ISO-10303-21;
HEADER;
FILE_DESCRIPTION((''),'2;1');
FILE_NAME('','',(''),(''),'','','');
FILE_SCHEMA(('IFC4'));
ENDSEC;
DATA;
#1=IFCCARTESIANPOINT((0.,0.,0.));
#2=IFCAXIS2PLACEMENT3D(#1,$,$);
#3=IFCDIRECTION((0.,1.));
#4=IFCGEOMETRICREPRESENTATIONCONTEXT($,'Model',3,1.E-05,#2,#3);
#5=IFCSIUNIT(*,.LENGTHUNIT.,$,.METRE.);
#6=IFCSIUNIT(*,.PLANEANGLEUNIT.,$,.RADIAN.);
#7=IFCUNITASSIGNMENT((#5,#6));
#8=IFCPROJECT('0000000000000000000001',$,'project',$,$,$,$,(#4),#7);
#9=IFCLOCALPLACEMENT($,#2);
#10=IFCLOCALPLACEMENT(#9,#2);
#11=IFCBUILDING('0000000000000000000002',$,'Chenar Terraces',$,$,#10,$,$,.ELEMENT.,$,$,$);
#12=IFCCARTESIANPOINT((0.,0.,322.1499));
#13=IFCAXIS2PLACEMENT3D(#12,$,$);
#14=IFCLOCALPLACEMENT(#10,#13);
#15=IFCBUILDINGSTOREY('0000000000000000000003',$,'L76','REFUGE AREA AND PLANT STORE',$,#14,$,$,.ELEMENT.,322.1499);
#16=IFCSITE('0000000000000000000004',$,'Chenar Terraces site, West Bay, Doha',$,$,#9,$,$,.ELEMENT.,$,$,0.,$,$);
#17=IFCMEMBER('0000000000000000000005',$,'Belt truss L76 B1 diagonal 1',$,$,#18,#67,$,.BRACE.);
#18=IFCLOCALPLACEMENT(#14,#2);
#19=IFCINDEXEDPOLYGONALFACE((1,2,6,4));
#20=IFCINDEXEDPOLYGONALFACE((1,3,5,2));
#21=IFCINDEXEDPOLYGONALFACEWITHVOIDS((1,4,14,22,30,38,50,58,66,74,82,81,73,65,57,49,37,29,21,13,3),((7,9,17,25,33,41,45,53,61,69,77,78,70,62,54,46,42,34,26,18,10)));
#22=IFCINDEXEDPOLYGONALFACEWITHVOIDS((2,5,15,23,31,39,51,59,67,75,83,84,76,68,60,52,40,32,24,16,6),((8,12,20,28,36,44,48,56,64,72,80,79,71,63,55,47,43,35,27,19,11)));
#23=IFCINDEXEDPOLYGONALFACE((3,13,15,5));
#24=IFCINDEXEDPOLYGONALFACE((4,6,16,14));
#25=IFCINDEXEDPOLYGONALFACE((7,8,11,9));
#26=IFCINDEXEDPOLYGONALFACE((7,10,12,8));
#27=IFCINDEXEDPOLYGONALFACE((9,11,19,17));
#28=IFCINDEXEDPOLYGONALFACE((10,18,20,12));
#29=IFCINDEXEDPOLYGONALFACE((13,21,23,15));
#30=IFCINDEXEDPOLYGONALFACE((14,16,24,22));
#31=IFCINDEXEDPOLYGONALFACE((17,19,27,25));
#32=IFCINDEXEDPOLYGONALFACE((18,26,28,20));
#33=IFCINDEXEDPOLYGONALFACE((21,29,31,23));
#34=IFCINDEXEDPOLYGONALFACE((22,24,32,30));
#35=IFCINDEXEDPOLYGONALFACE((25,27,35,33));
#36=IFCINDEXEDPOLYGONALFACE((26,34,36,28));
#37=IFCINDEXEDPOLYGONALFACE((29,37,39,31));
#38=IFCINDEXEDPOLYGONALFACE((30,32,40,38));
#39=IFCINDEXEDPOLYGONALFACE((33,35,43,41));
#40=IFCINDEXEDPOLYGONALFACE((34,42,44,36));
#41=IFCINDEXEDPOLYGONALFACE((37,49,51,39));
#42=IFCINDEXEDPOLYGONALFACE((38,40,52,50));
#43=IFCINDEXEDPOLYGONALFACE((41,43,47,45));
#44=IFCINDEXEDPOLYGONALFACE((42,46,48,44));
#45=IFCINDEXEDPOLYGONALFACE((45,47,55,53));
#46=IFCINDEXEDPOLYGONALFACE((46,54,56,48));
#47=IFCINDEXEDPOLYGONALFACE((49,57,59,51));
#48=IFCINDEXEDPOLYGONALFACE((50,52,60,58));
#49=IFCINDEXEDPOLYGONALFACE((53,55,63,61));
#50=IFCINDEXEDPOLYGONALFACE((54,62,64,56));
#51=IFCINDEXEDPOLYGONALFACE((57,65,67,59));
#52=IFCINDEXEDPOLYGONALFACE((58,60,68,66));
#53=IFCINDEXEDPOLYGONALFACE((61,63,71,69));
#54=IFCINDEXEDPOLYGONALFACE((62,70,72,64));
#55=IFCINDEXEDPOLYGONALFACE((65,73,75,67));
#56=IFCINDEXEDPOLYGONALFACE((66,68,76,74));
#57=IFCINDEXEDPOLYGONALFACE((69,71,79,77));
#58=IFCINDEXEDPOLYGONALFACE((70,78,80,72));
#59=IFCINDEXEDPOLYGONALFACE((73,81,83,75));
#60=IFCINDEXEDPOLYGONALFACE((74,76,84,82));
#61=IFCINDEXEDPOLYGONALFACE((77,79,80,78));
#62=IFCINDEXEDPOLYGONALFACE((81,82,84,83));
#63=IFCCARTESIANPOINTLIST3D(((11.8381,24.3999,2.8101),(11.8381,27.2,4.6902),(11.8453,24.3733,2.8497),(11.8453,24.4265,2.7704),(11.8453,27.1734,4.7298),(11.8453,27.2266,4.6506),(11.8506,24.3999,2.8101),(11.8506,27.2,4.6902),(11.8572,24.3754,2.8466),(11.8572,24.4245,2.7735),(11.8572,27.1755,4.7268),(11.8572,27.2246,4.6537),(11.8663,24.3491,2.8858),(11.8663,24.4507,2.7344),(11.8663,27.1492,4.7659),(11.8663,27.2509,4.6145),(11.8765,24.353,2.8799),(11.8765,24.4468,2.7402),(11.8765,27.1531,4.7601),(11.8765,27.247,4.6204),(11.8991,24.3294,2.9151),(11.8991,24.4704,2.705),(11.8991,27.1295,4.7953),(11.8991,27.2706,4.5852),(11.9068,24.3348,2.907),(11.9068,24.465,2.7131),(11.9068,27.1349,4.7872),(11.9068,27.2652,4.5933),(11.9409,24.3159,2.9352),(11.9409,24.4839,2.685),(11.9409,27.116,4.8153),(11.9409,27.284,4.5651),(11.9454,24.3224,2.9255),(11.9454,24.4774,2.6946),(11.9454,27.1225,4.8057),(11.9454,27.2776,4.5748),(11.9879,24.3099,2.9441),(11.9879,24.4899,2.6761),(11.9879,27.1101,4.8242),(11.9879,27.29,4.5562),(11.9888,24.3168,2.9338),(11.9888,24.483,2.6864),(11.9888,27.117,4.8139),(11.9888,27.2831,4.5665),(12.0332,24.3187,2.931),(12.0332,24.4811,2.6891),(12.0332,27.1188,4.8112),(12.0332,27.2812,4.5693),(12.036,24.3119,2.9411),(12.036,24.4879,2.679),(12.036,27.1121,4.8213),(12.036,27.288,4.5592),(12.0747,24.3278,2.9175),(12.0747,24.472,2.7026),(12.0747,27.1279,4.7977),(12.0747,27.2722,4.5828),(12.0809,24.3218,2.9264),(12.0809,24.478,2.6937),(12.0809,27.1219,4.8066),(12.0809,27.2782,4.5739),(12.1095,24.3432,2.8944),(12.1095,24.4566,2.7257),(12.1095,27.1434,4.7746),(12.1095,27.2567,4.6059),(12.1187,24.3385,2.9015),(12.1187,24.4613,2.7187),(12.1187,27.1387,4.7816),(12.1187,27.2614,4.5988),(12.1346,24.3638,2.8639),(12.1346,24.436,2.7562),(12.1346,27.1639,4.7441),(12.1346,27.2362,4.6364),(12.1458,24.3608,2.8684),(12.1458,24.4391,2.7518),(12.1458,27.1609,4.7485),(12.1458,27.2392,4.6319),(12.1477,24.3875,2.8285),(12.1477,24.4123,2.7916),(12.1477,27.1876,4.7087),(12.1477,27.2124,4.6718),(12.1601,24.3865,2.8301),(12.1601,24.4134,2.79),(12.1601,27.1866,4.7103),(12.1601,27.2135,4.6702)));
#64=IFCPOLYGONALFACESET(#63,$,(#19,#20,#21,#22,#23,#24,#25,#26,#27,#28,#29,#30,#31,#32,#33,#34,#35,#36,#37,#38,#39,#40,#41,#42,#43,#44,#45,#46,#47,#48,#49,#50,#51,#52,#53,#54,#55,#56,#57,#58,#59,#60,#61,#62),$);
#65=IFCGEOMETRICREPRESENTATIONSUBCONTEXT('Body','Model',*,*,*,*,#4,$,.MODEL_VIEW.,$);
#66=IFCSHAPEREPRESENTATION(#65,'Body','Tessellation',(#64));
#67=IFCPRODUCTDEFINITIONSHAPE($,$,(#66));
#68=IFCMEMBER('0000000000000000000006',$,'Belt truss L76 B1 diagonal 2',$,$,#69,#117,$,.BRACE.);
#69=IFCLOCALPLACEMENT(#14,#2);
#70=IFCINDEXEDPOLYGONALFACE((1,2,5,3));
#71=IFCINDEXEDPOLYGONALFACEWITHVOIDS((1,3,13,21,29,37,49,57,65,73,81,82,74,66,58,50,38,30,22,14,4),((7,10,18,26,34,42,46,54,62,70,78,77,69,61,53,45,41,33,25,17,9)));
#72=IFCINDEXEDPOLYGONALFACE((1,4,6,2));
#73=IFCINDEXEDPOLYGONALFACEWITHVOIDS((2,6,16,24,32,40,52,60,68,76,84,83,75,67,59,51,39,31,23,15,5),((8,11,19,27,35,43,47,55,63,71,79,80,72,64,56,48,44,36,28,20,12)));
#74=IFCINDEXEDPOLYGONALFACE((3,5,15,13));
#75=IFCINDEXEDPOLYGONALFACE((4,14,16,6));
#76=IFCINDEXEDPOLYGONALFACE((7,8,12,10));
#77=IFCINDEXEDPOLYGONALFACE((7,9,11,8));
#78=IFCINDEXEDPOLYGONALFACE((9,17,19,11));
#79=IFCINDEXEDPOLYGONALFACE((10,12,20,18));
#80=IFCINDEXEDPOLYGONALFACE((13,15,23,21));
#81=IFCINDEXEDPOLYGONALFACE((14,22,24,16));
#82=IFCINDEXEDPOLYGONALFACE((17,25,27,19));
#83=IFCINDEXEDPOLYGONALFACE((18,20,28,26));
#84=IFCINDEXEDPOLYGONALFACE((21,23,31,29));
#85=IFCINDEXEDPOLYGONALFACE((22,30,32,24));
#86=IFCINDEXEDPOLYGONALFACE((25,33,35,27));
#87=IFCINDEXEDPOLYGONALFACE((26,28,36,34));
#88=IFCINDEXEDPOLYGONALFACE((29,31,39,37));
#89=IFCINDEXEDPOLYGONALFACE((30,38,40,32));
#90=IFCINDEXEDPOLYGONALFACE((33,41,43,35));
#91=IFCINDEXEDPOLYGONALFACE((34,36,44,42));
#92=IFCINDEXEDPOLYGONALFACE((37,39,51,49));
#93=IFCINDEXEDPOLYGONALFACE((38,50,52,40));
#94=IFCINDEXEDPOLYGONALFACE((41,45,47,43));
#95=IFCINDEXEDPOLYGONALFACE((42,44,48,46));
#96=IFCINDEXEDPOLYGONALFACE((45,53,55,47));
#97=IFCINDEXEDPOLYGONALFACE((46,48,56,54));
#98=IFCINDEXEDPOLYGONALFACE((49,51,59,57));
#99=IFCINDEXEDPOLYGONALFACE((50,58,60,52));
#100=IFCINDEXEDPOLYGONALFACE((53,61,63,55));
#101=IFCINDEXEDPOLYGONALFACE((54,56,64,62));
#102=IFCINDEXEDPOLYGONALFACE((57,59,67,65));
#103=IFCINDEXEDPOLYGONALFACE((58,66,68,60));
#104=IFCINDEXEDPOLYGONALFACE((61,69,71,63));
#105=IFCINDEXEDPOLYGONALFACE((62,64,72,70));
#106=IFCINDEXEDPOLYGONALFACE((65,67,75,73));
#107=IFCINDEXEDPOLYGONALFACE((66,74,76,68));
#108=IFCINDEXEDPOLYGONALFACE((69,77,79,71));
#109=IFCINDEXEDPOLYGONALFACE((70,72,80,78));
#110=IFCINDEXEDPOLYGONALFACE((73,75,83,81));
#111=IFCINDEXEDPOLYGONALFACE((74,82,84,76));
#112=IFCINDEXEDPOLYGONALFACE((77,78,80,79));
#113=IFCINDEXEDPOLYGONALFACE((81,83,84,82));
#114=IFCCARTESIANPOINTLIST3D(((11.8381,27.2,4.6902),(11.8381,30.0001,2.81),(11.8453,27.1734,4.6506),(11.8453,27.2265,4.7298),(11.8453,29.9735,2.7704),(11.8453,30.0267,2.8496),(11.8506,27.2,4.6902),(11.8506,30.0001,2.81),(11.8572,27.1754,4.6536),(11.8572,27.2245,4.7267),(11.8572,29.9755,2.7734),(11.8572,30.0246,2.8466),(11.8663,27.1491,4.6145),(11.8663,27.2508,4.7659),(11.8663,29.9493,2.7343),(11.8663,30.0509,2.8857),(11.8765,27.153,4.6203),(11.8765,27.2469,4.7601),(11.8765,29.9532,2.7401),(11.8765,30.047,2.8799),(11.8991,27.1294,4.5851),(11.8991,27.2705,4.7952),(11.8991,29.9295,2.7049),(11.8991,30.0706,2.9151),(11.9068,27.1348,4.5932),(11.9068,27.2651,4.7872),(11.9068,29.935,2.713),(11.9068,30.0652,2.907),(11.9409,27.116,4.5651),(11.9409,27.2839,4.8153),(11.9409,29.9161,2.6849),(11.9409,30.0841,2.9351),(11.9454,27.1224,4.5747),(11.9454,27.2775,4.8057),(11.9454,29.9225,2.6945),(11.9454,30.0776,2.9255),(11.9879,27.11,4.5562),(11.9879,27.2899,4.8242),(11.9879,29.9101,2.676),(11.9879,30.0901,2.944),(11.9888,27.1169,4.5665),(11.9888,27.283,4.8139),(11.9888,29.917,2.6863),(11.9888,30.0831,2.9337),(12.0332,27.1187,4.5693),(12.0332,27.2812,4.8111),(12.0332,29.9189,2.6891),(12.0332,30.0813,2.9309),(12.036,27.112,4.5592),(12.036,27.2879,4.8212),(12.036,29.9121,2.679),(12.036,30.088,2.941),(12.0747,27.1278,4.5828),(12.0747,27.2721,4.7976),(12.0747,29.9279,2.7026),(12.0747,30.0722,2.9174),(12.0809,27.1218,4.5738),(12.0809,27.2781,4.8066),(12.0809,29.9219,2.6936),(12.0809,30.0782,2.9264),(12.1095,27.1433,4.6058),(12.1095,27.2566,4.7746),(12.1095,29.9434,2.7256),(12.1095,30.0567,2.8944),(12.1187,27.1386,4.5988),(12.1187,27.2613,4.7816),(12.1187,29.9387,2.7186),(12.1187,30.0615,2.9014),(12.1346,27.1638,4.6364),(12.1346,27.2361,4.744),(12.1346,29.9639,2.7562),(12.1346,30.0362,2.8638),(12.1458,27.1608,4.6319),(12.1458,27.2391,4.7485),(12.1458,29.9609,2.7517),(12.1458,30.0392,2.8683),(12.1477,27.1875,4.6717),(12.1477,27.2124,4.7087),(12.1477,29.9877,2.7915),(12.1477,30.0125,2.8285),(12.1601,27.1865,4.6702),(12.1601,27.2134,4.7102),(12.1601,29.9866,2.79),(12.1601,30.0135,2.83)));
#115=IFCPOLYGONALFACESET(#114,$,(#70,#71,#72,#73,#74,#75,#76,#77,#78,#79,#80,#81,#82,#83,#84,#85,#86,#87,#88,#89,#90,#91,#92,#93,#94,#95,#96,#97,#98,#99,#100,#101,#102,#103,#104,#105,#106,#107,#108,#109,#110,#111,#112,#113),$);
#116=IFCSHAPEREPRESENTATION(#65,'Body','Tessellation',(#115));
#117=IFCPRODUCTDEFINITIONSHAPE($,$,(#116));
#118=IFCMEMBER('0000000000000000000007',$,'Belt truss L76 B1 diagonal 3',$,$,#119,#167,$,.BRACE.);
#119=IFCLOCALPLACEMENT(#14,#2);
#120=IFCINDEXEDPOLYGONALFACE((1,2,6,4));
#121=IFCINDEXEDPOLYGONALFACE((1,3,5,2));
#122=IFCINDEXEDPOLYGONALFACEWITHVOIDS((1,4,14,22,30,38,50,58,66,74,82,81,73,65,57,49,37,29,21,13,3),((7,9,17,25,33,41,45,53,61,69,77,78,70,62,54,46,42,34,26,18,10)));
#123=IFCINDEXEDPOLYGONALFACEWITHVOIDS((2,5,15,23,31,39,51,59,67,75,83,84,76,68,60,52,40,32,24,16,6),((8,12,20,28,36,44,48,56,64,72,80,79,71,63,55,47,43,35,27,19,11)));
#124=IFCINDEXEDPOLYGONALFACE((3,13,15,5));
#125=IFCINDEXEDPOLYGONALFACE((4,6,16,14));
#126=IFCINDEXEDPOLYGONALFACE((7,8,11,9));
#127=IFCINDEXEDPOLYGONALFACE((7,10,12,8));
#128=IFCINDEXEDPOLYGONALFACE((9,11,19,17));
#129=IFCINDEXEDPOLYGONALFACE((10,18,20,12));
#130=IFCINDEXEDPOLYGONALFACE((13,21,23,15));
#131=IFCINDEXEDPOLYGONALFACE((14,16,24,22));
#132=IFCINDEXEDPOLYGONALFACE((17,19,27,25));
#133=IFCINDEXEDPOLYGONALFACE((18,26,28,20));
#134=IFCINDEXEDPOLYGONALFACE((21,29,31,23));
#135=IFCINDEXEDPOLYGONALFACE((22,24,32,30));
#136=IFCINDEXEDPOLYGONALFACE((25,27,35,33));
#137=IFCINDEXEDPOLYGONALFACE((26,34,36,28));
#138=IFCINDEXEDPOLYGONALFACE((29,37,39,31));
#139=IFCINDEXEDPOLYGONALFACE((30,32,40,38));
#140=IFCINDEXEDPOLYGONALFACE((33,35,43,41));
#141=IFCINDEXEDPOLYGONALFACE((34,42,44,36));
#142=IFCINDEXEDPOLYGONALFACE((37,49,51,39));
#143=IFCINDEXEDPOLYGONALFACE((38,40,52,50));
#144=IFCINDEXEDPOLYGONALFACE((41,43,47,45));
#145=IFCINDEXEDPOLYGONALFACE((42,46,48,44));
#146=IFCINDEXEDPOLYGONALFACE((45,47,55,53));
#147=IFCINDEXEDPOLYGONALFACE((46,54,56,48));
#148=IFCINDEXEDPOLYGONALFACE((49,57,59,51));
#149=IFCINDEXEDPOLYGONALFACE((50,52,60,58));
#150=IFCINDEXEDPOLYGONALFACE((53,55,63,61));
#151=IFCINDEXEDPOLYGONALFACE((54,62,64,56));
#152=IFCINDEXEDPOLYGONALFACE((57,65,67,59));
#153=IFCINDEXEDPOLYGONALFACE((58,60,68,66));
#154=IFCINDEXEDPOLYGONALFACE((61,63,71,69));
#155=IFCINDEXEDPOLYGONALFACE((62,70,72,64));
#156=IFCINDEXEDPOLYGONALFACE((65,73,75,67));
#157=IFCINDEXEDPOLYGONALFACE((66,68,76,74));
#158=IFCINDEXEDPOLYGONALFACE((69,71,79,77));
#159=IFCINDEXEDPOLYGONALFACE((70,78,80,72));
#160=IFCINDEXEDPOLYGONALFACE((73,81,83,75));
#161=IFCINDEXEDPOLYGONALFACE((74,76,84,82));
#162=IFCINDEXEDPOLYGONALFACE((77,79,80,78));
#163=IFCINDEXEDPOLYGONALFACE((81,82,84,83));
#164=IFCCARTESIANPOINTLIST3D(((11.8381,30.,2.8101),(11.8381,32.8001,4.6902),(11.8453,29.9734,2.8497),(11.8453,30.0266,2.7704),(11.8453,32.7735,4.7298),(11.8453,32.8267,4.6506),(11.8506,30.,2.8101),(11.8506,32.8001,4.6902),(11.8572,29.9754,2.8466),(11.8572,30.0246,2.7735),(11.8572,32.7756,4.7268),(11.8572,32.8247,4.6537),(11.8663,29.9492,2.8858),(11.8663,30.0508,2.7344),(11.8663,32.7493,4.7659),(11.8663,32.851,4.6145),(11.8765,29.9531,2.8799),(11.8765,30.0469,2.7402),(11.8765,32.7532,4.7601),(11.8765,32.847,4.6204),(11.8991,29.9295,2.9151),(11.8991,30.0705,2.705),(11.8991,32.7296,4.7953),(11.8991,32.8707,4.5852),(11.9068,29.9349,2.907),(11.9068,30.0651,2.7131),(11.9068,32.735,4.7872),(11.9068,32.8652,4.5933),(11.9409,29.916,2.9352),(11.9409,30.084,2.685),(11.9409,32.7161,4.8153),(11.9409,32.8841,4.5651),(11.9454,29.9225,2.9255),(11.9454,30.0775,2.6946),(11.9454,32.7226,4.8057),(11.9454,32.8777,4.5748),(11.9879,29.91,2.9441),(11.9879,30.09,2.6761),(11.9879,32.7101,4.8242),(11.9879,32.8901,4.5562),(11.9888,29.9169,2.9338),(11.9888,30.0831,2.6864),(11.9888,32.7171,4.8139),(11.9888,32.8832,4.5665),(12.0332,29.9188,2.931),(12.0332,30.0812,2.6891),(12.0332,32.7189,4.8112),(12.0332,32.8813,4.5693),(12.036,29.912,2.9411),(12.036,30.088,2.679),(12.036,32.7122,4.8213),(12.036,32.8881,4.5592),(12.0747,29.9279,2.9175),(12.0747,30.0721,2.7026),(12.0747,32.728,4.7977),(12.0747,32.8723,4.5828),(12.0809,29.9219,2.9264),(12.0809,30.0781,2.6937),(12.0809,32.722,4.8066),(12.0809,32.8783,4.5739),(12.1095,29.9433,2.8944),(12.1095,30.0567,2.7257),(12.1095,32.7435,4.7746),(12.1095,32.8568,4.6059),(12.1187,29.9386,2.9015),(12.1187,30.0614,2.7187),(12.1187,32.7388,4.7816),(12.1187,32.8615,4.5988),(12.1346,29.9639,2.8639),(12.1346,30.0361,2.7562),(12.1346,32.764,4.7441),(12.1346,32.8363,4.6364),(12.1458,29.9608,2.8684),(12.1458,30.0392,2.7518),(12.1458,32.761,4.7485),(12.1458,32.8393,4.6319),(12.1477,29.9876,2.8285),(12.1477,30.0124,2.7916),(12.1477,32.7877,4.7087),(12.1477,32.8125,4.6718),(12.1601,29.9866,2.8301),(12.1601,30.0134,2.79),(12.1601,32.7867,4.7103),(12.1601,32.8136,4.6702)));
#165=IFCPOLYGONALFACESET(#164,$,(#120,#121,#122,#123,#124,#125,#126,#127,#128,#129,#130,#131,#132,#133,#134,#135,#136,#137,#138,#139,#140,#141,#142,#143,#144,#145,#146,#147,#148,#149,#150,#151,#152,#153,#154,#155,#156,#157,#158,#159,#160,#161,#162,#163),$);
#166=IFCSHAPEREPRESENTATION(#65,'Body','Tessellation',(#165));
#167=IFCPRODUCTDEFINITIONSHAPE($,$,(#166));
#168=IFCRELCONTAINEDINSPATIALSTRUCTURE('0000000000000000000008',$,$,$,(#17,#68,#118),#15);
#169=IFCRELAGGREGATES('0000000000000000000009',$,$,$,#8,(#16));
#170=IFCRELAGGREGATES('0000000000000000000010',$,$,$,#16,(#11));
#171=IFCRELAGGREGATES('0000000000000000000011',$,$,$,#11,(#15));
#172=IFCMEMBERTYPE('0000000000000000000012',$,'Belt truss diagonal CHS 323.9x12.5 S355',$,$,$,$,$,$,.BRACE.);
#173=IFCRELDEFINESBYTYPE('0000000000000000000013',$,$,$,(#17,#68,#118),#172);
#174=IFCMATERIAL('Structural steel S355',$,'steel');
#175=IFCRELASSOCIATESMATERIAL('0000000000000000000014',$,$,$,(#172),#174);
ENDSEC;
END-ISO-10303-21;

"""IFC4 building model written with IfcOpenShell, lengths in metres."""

from ifc_helpers import new_model, si_unit, direction, frame, origin, origin_2d, place, context, subcontext, project, spatial, hollow_circle, extrude, material, material_profile, profile_set, type_object, element, save


model = new_model("IFC4")

# Units and contexts
model_context = context("Model", 3, precision=1e-05, world=origin(), true_north=direction((0.0, 1.0)))
body_context = subcontext(model_context, "Body", "Model", "MODEL_VIEW")
ifc_project = project(units=[si_unit("LENGTHUNIT", "METRE"), si_unit("PLANEANGLEUNIT", "RADIAN")], contexts=[model_context])

# Site, building, storey
site_placement = place(None, origin())
site = spatial("IfcSite", under=ifc_project, at=site_placement, Name="Chenar Terraces site, West Bay, Doha", CompositionType="ELEMENT", RefElevation=0.0)
building_placement = place(site_placement, origin())
building = spatial("IfcBuilding", under=site, at=building_placement, Name="Chenar Terraces", CompositionType="ELEMENT")
storey_placement = place(building_placement, frame((0.0, 0.0, 322.1499)))
storey = spatial("IfcBuildingStorey", under=building, at=storey_placement, Name="L76", Description="REFUGE AREA AND PLANT STORE", CompositionType="ELEMENT", Elevation=322.1499)

# Members
ifc_material_1 = material(Name="Structural steel S355", Category="steel")
ifc_material_profile_1 = material_profile(ifc_material_1, hollow_circle(Radius=0.1619, WallThickness=0.0125, at=origin_2d()), Name="CHS 323.9x12.5")
ifc_profile_set_1 = profile_set([ifc_material_profile_1], Name="Structural steel S355")
member_type = type_object("IfcMemberType", Name="Belt truss diagonal CHS 323.9x12.5 S355", PredefinedType="BRACE", material=ifc_profile_set_1)
for number, where, z_axis, x_axis, name in (
    (1, (12.0, 24.3999, 2.8101), (0.0, 0.830208, 0.557453), (-1.0, 0.0, 0.0), "Belt truss L76 B1 diagonal 1"),
    (2, (12.0, 27.2, 4.6902), (0.0, 0.830208, -0.557453), (-1.0, 0.0, 0.0), "Belt truss L76 B1 diagonal 2"),
    (3, (12.0, 30.0, 2.8101), (0.0, 0.830208, 0.557453), (-1.0, 0.0, 0.0), "Belt truss L76 B1 diagonal 3"),
):
    element("IfcMember", number, at=place(storey_placement, frame(where, z_axis=z_axis, x_axis=x_axis)), inside=storey, type_object=member_type, Name=name, PredefinedType="BRACE", context=body_context, shape_type="SweptSolid", body=[
        extrude(hollow_circle(Radius=0.1619, WallThickness=0.0125, at=origin_2d()), origin(), (0.0, 0.0, 1.0), 3.3728),
    ])

save(model, "model.ifc")
